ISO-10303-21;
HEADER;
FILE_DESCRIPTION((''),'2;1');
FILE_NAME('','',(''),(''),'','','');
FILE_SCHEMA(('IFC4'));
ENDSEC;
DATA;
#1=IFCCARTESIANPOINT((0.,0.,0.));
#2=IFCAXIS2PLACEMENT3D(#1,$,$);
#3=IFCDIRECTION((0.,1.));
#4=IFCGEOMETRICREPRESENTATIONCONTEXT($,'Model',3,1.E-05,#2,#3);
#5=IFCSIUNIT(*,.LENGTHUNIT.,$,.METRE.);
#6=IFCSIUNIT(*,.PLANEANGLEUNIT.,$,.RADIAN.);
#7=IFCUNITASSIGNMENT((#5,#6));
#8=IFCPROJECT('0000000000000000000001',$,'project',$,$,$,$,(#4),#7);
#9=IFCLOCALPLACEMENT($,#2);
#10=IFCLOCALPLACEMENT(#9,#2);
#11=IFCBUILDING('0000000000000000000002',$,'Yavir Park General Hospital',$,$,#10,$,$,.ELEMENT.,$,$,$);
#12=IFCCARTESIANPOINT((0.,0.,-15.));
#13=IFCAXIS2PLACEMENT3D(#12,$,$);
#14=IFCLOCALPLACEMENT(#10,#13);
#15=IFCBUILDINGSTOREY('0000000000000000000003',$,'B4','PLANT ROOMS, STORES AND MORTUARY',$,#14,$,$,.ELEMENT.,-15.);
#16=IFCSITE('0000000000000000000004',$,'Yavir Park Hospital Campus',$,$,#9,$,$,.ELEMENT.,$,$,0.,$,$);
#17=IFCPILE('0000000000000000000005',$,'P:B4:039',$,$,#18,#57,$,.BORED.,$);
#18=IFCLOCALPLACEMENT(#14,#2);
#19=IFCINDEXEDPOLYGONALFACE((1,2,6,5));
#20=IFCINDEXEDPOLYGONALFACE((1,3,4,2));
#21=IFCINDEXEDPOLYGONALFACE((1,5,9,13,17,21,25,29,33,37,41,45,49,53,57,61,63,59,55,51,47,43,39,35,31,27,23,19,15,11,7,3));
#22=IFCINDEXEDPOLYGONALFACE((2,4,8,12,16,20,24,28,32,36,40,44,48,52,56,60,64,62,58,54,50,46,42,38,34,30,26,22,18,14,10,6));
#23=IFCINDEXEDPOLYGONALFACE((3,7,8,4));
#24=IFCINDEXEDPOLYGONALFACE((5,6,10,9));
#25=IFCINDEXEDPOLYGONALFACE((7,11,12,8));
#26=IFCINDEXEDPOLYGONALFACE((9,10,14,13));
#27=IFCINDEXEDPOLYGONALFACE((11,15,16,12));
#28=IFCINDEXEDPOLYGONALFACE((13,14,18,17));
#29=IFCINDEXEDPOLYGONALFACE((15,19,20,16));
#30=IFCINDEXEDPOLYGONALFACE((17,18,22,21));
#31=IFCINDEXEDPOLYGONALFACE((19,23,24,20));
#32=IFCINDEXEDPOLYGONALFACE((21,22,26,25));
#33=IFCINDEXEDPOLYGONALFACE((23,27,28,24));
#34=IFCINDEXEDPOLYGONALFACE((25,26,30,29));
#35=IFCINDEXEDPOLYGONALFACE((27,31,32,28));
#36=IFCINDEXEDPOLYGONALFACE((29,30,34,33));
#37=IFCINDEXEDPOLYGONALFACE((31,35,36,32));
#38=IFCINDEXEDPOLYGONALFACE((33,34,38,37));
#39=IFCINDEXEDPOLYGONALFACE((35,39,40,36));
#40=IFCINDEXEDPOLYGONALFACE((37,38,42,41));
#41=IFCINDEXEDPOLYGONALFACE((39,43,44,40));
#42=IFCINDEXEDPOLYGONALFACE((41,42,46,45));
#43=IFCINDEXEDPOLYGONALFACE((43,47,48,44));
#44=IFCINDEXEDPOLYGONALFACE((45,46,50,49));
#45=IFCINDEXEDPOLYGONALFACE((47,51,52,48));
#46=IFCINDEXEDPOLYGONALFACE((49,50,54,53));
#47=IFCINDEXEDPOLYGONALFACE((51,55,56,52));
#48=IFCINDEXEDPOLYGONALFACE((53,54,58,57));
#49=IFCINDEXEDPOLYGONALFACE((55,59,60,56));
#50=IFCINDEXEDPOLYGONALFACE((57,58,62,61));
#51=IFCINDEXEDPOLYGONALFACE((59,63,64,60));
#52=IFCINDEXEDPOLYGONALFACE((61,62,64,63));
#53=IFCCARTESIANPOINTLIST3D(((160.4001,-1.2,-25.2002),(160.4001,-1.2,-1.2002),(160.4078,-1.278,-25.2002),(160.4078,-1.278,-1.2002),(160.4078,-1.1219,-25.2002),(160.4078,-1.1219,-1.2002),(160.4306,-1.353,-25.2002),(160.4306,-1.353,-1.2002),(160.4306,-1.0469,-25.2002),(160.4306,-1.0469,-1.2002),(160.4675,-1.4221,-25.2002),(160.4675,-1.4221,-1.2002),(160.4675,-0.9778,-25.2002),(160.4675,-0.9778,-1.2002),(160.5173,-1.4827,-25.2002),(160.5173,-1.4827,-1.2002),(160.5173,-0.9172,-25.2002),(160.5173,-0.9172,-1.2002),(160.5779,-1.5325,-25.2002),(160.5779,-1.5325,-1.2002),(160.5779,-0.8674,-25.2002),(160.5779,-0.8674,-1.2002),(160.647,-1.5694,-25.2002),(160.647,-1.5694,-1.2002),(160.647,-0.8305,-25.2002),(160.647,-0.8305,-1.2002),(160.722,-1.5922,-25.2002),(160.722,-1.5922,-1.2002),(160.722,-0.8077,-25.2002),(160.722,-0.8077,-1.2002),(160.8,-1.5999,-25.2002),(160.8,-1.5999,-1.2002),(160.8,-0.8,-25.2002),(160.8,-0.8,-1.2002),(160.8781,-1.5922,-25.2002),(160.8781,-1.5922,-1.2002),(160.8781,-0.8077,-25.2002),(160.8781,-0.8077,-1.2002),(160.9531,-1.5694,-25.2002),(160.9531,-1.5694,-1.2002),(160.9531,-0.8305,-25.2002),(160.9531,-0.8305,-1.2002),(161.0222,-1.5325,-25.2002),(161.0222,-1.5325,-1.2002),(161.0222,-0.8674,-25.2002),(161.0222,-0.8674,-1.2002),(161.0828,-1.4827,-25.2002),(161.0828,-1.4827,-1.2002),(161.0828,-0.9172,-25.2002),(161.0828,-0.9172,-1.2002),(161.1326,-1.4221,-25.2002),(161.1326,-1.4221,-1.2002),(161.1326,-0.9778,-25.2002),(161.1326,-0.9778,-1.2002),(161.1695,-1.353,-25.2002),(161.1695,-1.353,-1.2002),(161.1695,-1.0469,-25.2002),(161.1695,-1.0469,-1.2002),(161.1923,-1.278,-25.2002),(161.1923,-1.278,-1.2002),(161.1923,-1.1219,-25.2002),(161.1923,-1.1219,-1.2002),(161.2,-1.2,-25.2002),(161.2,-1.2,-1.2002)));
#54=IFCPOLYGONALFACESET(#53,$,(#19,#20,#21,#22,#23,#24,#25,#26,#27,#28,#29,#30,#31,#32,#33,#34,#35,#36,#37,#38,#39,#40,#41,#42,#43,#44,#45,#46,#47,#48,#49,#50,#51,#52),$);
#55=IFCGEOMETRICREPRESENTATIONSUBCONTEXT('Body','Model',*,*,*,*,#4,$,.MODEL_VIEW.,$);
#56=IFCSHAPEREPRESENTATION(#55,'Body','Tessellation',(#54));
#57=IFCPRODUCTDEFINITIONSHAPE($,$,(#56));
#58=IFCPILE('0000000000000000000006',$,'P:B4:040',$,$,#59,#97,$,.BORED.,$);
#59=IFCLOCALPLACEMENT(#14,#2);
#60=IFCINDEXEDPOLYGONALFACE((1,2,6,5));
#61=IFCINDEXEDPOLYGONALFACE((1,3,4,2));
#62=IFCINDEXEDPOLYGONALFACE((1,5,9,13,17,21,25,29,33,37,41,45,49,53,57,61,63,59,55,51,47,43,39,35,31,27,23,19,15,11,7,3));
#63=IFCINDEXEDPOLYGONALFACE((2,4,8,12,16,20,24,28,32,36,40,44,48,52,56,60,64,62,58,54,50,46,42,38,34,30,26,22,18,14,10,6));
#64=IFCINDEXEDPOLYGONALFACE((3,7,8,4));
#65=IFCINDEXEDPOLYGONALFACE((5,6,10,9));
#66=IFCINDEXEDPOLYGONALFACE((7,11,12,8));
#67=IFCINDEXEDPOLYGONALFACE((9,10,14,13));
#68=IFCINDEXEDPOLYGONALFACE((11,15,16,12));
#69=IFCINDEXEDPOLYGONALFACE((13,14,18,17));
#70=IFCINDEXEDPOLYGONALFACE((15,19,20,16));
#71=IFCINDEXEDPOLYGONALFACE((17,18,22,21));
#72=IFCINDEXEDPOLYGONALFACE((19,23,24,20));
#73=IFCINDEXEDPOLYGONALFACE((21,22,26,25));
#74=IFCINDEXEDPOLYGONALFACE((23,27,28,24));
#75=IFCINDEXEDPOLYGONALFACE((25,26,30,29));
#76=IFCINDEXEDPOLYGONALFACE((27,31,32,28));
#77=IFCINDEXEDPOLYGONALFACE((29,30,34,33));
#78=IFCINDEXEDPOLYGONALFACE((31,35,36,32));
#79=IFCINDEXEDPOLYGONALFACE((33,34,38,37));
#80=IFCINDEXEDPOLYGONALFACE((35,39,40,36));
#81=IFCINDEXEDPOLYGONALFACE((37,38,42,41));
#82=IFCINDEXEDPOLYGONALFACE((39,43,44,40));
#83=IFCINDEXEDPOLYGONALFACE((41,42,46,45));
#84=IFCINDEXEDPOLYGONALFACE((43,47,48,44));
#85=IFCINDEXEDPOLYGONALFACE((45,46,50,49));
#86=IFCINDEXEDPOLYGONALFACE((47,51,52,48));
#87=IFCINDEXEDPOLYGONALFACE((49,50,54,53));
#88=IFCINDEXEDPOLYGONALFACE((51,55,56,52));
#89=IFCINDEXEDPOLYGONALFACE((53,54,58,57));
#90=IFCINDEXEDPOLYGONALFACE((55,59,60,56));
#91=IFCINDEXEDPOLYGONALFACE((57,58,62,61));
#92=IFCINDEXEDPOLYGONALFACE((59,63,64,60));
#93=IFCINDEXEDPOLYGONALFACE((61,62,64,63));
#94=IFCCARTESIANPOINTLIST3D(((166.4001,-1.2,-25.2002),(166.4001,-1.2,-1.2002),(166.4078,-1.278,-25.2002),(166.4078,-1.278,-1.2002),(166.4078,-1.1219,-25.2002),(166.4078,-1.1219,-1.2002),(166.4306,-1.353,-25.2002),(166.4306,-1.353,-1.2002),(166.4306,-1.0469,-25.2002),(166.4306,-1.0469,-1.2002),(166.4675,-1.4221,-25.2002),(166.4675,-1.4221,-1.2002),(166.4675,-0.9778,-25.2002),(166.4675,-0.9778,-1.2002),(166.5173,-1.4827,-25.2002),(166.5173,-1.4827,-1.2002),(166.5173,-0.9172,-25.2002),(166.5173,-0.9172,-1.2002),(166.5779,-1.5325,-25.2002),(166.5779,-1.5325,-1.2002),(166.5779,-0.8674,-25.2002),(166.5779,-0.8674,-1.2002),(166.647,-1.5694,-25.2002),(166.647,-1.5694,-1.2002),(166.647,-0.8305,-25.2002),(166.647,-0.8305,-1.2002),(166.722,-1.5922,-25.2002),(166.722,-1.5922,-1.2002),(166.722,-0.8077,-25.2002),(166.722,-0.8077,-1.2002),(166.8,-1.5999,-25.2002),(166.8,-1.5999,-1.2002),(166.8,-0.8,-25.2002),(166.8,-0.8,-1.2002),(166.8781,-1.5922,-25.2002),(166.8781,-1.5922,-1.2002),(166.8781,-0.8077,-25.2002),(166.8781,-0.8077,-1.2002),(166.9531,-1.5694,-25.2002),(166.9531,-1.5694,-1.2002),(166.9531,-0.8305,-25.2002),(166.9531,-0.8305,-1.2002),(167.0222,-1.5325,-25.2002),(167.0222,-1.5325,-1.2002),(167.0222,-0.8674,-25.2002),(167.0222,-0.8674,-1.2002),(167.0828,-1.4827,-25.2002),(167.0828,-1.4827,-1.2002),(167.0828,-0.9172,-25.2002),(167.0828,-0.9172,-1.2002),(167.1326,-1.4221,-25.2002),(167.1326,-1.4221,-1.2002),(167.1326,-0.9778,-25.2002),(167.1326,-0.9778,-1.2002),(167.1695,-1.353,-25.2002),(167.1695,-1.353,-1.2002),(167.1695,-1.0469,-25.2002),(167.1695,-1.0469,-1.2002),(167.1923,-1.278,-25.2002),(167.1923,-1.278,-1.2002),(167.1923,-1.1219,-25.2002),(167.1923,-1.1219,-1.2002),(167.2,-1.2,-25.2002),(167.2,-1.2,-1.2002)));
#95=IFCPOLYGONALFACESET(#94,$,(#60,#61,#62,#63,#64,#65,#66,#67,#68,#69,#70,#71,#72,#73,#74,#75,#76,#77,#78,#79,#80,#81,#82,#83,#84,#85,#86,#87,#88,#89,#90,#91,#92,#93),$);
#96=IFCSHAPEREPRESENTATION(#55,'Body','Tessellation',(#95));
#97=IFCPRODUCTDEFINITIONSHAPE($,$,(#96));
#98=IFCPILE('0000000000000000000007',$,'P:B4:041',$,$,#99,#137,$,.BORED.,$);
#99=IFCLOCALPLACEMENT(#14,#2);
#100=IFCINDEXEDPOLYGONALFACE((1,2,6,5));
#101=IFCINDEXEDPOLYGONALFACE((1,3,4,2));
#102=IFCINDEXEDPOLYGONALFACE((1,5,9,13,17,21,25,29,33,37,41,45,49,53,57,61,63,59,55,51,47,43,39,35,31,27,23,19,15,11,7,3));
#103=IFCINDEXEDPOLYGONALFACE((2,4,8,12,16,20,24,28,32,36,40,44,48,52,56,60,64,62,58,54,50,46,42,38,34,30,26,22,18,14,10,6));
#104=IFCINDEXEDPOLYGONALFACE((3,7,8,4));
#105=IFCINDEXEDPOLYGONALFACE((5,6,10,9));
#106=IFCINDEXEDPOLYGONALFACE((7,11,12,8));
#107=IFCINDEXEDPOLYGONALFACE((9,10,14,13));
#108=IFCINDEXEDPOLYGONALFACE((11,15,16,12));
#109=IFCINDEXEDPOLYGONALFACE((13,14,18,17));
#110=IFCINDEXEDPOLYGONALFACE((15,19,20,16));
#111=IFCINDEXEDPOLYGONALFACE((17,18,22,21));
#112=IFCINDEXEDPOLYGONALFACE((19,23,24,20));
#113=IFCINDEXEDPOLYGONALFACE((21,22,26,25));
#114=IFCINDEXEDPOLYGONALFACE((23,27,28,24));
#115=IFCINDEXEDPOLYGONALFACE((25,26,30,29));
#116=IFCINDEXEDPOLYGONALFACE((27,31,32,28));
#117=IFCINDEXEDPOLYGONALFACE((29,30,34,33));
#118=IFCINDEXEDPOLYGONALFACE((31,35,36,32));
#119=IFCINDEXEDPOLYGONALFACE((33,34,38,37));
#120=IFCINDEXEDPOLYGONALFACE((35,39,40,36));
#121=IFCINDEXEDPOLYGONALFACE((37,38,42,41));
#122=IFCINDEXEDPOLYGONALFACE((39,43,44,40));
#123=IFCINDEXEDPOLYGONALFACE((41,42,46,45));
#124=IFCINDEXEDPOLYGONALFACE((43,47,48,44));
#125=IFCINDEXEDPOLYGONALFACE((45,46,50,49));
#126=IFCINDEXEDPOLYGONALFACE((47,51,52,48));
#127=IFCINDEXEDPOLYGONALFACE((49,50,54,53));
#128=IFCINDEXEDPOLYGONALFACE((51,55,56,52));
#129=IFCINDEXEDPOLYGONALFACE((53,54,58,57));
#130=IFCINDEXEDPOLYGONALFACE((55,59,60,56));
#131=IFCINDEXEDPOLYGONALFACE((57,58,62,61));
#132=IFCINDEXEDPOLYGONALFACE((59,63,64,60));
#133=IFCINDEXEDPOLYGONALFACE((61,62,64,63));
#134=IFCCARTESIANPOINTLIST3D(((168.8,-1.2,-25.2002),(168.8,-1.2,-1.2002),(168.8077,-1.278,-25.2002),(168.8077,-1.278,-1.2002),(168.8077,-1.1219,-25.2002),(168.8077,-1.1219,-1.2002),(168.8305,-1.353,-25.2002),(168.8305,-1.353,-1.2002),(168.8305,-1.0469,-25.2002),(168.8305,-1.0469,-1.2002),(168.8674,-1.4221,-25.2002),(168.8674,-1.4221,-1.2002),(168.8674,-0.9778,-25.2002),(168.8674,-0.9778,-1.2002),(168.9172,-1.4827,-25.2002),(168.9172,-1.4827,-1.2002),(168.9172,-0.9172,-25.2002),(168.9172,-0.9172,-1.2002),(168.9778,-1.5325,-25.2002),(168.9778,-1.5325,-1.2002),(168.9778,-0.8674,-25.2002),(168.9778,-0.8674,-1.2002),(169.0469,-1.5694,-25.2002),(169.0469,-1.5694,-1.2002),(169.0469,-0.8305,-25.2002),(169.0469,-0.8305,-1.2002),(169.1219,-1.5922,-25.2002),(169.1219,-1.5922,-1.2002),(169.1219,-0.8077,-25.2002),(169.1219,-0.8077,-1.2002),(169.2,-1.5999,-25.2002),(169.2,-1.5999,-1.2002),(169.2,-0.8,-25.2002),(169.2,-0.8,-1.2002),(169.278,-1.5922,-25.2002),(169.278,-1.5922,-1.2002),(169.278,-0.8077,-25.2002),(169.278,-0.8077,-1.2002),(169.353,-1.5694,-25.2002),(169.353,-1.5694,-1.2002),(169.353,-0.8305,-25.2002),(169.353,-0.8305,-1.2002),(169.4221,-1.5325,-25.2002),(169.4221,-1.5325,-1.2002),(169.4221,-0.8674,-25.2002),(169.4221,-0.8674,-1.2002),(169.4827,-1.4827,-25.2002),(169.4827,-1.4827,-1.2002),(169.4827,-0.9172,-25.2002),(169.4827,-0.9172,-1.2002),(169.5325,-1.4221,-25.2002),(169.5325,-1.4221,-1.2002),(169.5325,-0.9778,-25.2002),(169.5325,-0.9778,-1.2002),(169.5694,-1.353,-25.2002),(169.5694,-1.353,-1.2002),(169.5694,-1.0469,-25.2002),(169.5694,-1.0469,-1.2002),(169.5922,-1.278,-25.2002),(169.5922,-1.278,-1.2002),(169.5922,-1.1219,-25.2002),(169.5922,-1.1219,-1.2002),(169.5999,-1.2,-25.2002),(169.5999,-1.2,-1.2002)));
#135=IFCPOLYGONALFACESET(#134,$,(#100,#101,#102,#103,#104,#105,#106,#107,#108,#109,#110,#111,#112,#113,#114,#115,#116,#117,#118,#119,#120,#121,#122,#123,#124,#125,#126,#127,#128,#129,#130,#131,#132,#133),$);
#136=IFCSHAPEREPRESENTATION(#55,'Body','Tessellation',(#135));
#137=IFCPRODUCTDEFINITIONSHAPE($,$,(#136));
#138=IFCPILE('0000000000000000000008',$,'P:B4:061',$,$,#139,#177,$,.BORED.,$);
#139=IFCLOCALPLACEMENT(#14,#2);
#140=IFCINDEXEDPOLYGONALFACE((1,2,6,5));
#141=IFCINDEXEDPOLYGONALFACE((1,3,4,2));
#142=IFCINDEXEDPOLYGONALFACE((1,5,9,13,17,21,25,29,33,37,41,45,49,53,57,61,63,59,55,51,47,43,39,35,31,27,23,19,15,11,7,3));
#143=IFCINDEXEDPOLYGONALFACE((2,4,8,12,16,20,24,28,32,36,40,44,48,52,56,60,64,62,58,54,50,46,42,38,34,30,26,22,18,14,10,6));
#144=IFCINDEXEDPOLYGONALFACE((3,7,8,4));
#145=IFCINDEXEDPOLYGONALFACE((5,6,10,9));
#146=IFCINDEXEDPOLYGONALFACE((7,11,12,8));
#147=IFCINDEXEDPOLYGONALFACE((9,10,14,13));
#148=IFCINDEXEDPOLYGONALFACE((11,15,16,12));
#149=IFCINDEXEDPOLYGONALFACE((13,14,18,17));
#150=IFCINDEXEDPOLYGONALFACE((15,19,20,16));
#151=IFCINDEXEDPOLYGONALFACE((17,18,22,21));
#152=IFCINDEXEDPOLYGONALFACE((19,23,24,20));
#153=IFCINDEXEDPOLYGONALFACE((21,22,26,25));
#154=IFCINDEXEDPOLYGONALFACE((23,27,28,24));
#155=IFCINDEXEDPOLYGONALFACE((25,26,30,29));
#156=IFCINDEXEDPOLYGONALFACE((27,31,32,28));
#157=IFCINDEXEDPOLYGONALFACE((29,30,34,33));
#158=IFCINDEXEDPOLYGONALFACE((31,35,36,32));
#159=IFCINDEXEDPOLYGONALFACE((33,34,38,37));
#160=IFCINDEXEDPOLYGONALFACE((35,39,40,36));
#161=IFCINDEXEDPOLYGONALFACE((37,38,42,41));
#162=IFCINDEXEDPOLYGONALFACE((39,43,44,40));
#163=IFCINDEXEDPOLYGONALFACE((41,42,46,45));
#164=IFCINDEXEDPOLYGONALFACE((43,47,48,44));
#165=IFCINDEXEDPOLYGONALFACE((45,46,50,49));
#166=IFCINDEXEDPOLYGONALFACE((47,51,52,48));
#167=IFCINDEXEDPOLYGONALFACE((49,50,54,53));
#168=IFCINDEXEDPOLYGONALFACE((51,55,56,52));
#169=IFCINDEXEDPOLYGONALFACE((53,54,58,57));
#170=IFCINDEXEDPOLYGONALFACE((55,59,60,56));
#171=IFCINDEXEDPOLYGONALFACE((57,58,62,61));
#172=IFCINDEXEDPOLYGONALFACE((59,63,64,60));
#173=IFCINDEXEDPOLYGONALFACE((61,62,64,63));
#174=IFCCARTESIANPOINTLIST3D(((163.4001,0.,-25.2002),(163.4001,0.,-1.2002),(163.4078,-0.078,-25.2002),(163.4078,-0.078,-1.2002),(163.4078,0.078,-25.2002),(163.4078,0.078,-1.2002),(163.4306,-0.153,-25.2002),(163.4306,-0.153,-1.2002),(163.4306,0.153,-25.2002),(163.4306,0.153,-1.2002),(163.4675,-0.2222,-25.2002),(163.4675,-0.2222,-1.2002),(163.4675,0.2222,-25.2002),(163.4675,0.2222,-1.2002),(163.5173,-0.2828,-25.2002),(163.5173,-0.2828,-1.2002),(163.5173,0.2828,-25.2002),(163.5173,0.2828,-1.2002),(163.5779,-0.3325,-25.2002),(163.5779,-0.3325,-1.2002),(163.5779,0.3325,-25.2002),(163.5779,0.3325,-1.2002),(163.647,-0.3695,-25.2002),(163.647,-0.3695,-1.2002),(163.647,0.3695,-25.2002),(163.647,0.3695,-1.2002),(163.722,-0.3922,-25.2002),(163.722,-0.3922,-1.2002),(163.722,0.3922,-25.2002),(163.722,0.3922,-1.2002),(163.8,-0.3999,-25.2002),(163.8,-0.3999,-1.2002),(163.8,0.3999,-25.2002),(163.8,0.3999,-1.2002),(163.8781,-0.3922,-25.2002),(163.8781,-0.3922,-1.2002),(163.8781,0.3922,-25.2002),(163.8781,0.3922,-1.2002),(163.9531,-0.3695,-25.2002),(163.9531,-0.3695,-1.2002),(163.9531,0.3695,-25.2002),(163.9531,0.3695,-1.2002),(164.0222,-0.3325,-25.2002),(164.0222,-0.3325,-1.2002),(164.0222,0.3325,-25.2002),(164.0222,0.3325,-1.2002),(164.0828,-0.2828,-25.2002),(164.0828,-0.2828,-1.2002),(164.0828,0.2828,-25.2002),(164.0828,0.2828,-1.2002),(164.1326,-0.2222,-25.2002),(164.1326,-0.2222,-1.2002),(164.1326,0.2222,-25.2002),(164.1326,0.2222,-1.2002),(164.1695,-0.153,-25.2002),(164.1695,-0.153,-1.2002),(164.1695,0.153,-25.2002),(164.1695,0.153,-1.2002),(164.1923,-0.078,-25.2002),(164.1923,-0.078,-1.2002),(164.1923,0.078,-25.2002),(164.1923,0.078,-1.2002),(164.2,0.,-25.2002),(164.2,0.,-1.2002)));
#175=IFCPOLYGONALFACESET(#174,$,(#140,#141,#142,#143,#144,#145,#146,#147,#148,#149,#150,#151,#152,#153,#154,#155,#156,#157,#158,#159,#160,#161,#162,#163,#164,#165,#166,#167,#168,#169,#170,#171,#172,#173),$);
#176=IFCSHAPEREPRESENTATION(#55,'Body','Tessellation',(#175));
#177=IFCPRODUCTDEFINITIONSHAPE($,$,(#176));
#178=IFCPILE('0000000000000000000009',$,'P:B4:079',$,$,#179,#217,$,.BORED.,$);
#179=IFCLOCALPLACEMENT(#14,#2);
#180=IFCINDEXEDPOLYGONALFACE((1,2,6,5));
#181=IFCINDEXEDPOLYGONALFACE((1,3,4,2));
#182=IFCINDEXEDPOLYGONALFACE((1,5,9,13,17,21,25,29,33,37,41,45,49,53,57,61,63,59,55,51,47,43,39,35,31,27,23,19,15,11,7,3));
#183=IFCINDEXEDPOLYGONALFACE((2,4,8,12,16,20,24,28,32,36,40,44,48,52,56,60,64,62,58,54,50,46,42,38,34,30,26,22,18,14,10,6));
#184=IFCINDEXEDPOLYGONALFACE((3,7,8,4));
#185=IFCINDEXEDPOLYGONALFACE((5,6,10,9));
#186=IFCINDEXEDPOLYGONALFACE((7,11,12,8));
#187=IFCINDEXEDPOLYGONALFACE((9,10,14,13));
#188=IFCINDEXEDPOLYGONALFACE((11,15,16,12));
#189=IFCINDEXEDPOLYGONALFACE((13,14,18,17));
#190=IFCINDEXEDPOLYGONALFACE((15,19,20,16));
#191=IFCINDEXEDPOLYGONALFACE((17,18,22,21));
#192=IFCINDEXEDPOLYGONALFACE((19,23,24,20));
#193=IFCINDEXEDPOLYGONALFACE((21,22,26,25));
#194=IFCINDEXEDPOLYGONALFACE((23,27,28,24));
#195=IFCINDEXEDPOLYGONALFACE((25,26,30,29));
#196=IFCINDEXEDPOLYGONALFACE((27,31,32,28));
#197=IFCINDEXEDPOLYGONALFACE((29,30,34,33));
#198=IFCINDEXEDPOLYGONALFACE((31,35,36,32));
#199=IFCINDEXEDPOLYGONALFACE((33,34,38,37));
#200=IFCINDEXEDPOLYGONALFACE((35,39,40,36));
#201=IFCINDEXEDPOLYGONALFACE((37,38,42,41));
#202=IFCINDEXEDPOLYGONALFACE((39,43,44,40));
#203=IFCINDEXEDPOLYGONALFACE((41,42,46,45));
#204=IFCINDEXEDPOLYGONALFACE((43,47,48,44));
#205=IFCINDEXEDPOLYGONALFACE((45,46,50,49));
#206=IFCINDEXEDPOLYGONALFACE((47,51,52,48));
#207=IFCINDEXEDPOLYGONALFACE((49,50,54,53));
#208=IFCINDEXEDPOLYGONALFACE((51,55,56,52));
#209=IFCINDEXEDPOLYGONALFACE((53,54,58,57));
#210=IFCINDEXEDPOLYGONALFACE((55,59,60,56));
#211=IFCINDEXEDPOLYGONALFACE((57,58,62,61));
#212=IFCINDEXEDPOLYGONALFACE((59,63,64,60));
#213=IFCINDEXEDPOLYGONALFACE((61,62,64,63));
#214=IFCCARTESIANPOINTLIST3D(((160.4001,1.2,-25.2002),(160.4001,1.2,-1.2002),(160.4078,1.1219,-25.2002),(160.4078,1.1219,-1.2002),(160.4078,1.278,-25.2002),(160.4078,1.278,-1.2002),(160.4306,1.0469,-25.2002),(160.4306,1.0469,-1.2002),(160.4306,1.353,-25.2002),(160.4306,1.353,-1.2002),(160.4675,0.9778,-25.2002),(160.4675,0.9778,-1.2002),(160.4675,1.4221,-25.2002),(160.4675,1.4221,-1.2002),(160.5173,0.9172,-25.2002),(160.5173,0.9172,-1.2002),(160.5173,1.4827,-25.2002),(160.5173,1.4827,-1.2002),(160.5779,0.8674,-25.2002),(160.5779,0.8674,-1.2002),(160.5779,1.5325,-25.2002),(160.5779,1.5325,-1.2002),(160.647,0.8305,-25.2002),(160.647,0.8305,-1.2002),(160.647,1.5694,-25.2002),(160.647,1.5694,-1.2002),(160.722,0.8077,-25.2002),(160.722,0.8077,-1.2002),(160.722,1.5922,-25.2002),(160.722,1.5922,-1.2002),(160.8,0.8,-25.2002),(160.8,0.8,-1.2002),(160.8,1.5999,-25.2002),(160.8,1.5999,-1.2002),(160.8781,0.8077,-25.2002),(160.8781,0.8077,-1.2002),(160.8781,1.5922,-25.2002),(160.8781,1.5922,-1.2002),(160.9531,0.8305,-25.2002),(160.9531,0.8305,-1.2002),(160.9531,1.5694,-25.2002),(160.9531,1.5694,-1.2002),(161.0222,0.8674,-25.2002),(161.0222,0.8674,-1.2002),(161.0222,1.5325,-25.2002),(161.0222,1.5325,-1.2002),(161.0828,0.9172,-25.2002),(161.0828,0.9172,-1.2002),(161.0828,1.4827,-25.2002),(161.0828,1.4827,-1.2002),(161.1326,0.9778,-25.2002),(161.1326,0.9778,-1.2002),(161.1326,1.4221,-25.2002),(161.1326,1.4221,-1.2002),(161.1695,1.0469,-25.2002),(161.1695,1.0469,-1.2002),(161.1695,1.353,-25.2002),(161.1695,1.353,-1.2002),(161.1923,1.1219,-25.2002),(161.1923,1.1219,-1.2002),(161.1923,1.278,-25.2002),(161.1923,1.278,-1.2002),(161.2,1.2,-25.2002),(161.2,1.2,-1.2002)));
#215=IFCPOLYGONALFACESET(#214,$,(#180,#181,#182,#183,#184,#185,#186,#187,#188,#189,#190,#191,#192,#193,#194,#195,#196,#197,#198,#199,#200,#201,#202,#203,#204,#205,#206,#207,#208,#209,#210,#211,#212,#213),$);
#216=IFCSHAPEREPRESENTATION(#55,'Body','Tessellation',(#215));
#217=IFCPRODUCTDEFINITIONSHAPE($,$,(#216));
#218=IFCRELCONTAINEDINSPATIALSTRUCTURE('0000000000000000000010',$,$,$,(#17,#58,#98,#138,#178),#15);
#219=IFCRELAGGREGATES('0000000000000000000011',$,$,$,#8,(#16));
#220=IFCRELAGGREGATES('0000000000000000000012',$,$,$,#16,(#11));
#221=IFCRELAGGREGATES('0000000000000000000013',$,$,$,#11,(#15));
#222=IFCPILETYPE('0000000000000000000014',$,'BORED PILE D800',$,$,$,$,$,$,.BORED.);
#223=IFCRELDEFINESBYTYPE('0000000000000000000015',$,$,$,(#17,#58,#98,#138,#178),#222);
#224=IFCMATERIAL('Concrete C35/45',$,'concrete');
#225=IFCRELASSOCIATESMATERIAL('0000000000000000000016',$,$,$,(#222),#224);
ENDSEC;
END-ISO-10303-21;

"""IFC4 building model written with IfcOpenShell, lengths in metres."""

from ifc_helpers import new_model, si_unit, direction, frame, origin, origin_2d, place, context, subcontext, project, spatial, circle, extrude, material, material_profile, profile_set, type_object, element, save


model = new_model("IFC4")

# Units and contexts
model_context = context("Model", 3, precision=1e-05, world=origin(), true_north=direction((0.0, 1.0)))
body_context = subcontext(model_context, "Body", "Model", "MODEL_VIEW")
ifc_project = project(units=[si_unit("LENGTHUNIT", "METRE"), si_unit("PLANEANGLEUNIT", "RADIAN")], contexts=[model_context])

# Site, building, storey
site_placement = place(None, origin())
site = spatial("IfcSite", under=ifc_project, at=site_placement, Name="Yavir Park Hospital Campus", CompositionType="ELEMENT", RefElevation=0.0)
building_placement = place(site_placement, origin())
building = spatial("IfcBuilding", under=site, at=building_placement, Name="Yavir Park General Hospital", CompositionType="ELEMENT")
storey_placement = place(building_placement, frame((0.0, 0.0, -15.0)))
storey = spatial("IfcBuildingStorey", under=building, at=storey_placement, Name="B4", Description="PLANT ROOMS, STORES AND MORTUARY", CompositionType="ELEMENT", Elevation=-15.0)

# Piles
ifc_material_1 = material(Name="Concrete C35/45", Category="concrete")
ifc_material_profile_1 = material_profile(ifc_material_1, circle(Radius=0.3999, at=origin_2d()), Name="D800")
ifc_profile_set_1 = profile_set([ifc_material_profile_1], Name="Concrete C35/45")
pile_type = type_object("IfcPileType", Name="BORED PILE D800", PredefinedType="BORED", material=ifc_profile_set_1)
for number, where, z_axis, x_axis, name in (
    (1, (160.8, -1.2, -1.2002), (0.0, 0.0, -1.0), (1.0, 0.0, 0.0), "P:B4:039"),
    (2, (166.8, -1.2, -1.2002), (0.0, 0.0, -1.0), (1.0, 0.0, 0.0), "P:B4:040"),
    (3, (169.2, -1.2, -1.2002), (0.0, 0.0, -1.0), (1.0, 0.0, 0.0), "P:B4:041"),
    (4, (163.8, 0.0, -1.2002), (0.0, 0.0, -1.0), (1.0, 0.0, 0.0), "P:B4:061"),
    (5, (160.8, 1.2, -1.2002), (0.0, 0.0, -1.0), (1.0, 0.0, 0.0), "P:B4:079"),
):
    element("IfcPile", number, at=place(storey_placement, frame(where, z_axis=z_axis, x_axis=x_axis)), inside=storey, type_object=pile_type, Name=name, PredefinedType="BORED", context=body_context, shape_type="SweptSolid", body=[
        extrude(circle(Radius=0.3999, at=origin_2d()), origin(), (0.0, 0.0, 1.0), 24.0),
    ])

save(model, "model.ifc")
